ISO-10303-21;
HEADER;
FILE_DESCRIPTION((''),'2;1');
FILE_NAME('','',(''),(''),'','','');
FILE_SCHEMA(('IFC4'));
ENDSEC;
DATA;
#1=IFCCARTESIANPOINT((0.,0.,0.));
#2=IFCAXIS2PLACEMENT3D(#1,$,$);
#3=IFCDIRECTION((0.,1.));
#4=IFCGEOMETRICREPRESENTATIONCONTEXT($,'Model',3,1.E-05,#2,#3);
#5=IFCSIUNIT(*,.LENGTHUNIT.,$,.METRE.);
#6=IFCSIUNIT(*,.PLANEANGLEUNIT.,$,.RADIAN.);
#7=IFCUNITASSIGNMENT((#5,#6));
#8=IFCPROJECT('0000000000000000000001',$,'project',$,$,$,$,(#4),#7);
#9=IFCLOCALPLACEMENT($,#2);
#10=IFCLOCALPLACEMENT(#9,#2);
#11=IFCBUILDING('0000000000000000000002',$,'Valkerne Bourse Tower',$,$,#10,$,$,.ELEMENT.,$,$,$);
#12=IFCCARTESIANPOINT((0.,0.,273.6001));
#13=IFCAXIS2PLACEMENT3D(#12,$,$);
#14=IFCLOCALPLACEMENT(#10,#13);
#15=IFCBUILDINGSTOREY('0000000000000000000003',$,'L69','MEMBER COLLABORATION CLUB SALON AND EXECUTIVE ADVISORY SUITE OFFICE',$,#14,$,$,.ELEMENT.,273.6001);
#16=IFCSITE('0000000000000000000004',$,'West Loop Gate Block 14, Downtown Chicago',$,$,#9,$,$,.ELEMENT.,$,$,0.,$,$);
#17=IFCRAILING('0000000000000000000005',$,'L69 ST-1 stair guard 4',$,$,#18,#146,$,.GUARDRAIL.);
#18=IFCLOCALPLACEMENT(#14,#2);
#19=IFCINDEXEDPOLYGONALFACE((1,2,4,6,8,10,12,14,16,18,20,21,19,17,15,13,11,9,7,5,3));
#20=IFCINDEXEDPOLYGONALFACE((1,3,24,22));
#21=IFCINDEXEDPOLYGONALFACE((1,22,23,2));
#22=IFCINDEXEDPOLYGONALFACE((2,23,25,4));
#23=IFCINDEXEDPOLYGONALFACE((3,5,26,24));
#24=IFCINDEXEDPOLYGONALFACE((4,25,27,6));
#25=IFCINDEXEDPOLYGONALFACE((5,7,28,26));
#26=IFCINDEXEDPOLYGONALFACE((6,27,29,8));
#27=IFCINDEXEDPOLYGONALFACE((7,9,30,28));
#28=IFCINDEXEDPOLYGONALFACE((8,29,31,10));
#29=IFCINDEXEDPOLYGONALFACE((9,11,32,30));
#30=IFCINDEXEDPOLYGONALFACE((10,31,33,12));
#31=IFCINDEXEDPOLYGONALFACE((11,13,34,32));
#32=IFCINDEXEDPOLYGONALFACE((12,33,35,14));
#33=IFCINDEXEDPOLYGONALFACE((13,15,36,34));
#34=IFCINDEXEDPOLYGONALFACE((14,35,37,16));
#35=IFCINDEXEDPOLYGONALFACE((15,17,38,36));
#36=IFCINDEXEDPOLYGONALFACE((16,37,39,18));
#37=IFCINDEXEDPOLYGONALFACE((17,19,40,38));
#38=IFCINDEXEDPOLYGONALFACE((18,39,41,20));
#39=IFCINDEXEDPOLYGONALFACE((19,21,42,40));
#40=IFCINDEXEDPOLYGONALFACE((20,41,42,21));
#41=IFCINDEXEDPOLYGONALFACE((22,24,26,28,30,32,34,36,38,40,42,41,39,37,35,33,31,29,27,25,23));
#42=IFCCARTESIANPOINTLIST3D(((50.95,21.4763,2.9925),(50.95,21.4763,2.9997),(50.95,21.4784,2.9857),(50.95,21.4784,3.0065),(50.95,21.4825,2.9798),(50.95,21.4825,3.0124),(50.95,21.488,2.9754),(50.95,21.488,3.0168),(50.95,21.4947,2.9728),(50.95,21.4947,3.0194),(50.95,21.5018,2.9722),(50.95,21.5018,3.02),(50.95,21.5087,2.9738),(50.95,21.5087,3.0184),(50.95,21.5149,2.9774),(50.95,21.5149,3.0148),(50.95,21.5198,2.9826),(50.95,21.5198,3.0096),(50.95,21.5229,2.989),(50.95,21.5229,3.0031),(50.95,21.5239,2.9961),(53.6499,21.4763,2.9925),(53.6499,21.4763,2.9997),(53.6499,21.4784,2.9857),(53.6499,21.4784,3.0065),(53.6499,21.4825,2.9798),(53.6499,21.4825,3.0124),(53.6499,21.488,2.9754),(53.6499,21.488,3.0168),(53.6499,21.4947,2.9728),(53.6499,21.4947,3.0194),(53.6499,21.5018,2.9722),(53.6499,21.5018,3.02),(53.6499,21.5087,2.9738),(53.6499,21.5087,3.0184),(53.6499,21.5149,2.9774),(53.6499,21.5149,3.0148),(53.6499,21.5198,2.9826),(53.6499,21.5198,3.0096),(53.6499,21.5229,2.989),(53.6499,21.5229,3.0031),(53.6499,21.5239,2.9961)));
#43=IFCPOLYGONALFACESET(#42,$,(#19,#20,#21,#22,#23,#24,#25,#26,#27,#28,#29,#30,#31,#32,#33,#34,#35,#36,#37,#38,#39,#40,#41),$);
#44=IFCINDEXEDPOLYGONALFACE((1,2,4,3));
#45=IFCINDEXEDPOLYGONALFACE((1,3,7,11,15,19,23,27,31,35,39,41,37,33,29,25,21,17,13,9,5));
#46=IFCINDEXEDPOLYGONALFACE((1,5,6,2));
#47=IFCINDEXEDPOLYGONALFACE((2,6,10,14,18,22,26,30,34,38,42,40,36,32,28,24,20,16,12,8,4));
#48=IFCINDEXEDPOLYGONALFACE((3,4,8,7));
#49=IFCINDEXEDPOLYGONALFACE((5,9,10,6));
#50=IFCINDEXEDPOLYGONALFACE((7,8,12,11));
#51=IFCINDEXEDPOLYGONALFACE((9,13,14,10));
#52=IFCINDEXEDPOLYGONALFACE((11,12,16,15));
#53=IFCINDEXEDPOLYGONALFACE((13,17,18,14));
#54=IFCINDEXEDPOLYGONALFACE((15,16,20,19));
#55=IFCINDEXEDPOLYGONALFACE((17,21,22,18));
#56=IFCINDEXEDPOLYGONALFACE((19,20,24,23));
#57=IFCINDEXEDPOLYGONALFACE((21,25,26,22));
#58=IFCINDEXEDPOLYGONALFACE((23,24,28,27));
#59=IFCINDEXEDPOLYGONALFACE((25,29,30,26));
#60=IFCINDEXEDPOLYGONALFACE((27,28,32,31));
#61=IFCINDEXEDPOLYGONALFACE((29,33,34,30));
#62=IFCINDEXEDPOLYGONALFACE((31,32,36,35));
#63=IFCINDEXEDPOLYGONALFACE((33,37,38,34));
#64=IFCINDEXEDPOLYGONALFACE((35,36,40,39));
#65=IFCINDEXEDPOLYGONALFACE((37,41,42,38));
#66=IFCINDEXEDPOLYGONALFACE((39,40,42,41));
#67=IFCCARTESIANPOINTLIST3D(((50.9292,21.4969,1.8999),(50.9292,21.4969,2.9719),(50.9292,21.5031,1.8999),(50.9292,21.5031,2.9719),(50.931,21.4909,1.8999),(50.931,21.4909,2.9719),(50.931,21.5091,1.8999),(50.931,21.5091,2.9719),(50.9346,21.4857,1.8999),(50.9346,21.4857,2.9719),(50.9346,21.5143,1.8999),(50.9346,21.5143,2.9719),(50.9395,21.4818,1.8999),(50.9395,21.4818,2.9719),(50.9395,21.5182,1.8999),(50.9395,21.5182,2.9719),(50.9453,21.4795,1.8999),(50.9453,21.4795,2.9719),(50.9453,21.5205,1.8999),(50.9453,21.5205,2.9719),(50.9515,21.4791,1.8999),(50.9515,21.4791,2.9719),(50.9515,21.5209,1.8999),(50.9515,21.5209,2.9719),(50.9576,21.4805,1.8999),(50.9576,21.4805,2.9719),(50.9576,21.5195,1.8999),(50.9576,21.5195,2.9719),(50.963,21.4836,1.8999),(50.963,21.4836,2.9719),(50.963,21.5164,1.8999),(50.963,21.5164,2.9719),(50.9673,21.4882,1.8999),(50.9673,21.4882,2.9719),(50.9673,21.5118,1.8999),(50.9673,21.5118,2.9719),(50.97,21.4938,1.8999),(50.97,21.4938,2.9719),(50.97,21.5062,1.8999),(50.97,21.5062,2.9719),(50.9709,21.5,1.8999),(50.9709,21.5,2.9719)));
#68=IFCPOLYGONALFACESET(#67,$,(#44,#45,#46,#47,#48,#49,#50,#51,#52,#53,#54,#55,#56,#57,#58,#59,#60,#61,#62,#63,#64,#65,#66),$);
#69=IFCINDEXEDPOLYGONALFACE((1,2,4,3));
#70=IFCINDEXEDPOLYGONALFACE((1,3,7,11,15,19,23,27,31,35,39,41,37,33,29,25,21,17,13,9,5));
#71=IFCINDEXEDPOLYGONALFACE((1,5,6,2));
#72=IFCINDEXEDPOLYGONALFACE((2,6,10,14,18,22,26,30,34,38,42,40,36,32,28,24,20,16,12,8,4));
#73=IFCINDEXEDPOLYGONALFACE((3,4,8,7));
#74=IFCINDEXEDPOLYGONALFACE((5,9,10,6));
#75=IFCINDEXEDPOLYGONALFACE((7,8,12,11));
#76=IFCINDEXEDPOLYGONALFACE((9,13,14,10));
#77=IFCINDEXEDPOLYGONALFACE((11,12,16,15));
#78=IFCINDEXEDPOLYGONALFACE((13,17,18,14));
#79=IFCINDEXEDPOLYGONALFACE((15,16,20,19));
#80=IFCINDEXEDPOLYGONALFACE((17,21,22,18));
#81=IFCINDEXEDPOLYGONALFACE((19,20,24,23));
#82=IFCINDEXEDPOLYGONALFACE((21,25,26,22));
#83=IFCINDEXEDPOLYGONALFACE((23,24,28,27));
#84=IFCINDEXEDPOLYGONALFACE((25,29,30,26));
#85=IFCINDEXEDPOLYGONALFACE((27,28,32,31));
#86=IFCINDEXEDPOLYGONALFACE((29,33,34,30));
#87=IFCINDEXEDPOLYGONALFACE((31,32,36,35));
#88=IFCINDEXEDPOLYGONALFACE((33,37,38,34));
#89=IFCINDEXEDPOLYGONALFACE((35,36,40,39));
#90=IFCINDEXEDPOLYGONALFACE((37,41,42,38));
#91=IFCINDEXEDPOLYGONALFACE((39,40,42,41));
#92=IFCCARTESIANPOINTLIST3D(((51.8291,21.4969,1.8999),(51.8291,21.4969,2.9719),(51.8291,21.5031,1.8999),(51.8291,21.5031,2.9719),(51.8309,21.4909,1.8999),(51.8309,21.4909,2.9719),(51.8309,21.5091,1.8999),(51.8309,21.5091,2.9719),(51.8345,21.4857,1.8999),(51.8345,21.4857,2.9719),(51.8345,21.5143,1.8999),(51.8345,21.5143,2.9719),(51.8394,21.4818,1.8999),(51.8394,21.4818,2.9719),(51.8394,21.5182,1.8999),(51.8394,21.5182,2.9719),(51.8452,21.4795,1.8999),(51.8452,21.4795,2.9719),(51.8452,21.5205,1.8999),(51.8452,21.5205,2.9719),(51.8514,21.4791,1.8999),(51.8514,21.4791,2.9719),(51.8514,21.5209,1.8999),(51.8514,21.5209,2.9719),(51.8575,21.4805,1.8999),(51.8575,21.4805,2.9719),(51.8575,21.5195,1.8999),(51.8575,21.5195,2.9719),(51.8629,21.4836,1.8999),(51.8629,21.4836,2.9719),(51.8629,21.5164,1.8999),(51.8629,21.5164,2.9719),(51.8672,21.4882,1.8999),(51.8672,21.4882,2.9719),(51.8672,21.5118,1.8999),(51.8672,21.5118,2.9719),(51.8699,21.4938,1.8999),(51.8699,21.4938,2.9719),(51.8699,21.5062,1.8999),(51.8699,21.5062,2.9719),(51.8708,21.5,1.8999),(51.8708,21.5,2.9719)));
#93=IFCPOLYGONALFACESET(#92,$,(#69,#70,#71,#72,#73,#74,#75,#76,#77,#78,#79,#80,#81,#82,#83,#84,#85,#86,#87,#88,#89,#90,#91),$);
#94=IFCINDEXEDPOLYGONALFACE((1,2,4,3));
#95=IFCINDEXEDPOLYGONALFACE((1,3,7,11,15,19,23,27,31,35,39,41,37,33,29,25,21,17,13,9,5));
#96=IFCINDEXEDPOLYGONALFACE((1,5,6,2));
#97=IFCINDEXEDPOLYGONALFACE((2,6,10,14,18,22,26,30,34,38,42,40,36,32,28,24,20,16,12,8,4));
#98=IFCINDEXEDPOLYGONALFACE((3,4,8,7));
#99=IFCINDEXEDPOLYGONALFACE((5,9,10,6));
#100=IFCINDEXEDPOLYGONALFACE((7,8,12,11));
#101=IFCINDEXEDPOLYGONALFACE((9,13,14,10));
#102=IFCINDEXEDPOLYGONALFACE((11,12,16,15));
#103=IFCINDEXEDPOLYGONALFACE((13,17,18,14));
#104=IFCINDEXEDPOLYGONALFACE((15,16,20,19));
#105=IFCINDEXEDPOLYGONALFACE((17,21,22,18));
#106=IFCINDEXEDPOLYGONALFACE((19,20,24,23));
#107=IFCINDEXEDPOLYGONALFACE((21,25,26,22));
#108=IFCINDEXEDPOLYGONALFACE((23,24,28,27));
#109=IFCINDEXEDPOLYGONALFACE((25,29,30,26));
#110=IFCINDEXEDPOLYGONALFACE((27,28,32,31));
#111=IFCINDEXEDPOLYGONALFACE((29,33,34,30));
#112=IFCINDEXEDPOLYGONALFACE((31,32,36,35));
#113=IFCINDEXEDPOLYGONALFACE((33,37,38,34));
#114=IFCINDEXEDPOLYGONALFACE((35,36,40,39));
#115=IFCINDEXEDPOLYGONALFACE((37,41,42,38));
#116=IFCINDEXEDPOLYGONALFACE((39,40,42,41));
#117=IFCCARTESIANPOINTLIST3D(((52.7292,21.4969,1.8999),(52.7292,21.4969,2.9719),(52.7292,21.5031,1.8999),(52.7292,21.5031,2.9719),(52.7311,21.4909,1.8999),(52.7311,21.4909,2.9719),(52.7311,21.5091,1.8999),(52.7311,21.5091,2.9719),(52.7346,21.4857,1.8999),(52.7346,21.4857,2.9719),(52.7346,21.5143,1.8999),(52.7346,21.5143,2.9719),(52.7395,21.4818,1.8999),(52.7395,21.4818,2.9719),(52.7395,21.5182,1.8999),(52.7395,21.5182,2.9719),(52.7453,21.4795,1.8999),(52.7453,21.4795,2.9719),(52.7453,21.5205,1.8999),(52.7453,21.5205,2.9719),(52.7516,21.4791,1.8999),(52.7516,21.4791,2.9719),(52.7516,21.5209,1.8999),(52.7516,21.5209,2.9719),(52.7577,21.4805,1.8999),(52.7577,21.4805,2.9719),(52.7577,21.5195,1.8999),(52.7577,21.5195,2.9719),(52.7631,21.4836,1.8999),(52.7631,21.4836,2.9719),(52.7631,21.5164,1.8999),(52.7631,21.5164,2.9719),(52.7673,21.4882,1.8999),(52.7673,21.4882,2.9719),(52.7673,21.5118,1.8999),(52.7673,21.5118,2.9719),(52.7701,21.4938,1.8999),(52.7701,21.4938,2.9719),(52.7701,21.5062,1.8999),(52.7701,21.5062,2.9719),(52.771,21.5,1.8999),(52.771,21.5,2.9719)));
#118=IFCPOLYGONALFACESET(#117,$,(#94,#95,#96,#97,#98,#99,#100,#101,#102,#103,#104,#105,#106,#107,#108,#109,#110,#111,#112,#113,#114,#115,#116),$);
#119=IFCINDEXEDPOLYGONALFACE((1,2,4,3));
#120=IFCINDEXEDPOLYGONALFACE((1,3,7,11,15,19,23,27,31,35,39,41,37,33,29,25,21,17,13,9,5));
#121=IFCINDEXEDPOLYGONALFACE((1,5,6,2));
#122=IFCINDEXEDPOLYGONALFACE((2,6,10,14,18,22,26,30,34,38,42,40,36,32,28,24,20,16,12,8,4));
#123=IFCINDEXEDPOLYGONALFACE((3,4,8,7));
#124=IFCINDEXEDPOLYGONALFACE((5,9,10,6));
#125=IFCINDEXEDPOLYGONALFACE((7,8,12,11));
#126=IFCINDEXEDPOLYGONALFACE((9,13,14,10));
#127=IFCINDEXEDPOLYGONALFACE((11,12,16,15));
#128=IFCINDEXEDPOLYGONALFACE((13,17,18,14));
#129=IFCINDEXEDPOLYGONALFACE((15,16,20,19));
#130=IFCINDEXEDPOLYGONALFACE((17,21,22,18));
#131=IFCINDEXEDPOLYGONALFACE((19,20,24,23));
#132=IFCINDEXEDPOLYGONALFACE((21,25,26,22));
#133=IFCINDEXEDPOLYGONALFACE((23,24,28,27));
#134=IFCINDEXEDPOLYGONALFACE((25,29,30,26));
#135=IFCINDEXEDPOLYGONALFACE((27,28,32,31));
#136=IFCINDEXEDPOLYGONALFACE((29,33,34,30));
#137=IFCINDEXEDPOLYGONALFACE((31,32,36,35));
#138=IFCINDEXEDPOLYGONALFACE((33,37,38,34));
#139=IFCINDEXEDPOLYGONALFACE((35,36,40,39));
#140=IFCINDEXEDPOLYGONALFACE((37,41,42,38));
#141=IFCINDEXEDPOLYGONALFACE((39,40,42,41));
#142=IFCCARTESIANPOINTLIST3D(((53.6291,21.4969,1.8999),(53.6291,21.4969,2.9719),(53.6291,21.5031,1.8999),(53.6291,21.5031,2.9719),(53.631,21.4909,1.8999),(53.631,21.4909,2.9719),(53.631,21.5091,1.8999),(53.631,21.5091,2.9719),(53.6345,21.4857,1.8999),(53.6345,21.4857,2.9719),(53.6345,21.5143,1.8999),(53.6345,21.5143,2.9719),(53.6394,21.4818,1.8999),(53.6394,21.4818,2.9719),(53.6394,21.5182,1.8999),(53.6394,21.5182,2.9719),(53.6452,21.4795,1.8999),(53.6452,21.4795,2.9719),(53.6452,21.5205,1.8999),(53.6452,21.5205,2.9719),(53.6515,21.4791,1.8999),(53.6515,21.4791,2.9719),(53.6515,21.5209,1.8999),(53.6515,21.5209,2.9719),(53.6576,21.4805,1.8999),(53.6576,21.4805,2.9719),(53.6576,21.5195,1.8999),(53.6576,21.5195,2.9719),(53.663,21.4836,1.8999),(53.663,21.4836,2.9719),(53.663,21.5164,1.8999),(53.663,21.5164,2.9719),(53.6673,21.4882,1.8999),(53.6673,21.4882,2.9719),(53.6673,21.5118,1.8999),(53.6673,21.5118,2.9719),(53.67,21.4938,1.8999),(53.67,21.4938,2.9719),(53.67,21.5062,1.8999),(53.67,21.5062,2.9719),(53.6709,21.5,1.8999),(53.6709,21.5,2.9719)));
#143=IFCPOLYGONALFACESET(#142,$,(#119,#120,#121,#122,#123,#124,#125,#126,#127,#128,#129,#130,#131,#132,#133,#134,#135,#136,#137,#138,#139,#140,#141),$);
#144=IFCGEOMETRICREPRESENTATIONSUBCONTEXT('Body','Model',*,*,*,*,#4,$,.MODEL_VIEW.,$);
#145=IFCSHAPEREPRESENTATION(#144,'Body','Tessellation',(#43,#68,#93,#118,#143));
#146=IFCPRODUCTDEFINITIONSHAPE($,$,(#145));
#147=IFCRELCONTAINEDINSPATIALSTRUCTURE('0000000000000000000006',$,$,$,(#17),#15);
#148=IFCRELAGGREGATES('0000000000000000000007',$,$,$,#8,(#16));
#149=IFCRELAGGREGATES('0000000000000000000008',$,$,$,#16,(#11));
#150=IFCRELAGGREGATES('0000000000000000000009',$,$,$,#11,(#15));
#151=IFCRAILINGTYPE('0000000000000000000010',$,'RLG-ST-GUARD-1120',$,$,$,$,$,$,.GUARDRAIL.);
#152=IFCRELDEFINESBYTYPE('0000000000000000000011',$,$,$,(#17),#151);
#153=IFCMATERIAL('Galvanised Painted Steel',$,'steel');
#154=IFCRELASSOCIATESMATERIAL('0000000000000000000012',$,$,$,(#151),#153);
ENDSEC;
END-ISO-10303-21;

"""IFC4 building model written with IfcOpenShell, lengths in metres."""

from ifc_helpers import new_model, si_unit, direction, frame, origin, origin_2d, place, context, subcontext, project, spatial, circle, extrude, material, type_object, element, save


model = new_model("IFC4")

# Units and contexts
model_context = context("Model", 3, precision=1e-05, world=origin(), true_north=direction((0.0, 1.0)))
body_context = subcontext(model_context, "Body", "Model", "MODEL_VIEW")
ifc_project = project(units=[si_unit("LENGTHUNIT", "METRE"), si_unit("PLANEANGLEUNIT", "RADIAN")], contexts=[model_context])

# Site, building, storey
site_placement = place(None, origin())
site = spatial("IfcSite", under=ifc_project, at=site_placement, Name="West Loop Gate Block 14, Downtown Chicago", CompositionType="ELEMENT", RefElevation=0.0)
building_placement = place(site_placement, origin())
building = spatial("IfcBuilding", under=site, at=building_placement, Name="Valkerne Bourse Tower", CompositionType="ELEMENT")
storey_placement = place(building_placement, frame((0.0, 0.0, 273.6001)))
storey = spatial("IfcBuildingStorey", under=building, at=storey_placement, Name="L69", Description="MEMBER COLLABORATION CLUB SALON AND EXECUTIVE ADVISORY SUITE OFFICE", CompositionType="ELEMENT", Elevation=273.6001)

# Shared definitions
ifc_material_1 = material(Name="Galvanised Painted Steel", Category="steel")

# Railing
railing_type_1 = type_object("IfcRailingType", Name="RLG-ST-GUARD-1120", PredefinedType="GUARDRAIL", material=ifc_material_1)
for number, where, name in (
    (1, (50.95, 21.5, 1.8999), "L69 ST-1 stair guard 4"),
):
    element("IfcRailing", number, at=place(storey_placement, frame(where)), inside=storey, type_object=railing_type_1, Name=name, PredefinedType="GUARDRAIL", context=body_context, shape_type="SweptSolid", body=[
        extrude(circle(Radius=0.0239, at=origin_2d()), frame((0.0, 0.0, 1.0962), z_axis=(1.0, 0.0, 0.0), x_axis=(0.0, 1.0, 0.0)), (0.0, 0.0, 1.0), 2.7),
        extrude(circle(Radius=0.021, at=origin_2d()), origin(), (0.0, 0.0, 1.0), 1.072),
        extrude(circle(Radius=0.021, at=origin_2d()), frame((0.8999, 0.0, 0.0)), (0.0, 0.0, 1.0), 1.072),
        extrude(circle(Radius=0.021, at=origin_2d()), frame((1.8, 0.0, 0.0)), (0.0, 0.0, 1.0), 1.072),
        extrude(circle(Radius=0.021, at=origin_2d()), frame((2.7, 0.0, 0.0)), (0.0, 0.0, 1.0), 1.072),
    ])

save(model, "model.ifc")
